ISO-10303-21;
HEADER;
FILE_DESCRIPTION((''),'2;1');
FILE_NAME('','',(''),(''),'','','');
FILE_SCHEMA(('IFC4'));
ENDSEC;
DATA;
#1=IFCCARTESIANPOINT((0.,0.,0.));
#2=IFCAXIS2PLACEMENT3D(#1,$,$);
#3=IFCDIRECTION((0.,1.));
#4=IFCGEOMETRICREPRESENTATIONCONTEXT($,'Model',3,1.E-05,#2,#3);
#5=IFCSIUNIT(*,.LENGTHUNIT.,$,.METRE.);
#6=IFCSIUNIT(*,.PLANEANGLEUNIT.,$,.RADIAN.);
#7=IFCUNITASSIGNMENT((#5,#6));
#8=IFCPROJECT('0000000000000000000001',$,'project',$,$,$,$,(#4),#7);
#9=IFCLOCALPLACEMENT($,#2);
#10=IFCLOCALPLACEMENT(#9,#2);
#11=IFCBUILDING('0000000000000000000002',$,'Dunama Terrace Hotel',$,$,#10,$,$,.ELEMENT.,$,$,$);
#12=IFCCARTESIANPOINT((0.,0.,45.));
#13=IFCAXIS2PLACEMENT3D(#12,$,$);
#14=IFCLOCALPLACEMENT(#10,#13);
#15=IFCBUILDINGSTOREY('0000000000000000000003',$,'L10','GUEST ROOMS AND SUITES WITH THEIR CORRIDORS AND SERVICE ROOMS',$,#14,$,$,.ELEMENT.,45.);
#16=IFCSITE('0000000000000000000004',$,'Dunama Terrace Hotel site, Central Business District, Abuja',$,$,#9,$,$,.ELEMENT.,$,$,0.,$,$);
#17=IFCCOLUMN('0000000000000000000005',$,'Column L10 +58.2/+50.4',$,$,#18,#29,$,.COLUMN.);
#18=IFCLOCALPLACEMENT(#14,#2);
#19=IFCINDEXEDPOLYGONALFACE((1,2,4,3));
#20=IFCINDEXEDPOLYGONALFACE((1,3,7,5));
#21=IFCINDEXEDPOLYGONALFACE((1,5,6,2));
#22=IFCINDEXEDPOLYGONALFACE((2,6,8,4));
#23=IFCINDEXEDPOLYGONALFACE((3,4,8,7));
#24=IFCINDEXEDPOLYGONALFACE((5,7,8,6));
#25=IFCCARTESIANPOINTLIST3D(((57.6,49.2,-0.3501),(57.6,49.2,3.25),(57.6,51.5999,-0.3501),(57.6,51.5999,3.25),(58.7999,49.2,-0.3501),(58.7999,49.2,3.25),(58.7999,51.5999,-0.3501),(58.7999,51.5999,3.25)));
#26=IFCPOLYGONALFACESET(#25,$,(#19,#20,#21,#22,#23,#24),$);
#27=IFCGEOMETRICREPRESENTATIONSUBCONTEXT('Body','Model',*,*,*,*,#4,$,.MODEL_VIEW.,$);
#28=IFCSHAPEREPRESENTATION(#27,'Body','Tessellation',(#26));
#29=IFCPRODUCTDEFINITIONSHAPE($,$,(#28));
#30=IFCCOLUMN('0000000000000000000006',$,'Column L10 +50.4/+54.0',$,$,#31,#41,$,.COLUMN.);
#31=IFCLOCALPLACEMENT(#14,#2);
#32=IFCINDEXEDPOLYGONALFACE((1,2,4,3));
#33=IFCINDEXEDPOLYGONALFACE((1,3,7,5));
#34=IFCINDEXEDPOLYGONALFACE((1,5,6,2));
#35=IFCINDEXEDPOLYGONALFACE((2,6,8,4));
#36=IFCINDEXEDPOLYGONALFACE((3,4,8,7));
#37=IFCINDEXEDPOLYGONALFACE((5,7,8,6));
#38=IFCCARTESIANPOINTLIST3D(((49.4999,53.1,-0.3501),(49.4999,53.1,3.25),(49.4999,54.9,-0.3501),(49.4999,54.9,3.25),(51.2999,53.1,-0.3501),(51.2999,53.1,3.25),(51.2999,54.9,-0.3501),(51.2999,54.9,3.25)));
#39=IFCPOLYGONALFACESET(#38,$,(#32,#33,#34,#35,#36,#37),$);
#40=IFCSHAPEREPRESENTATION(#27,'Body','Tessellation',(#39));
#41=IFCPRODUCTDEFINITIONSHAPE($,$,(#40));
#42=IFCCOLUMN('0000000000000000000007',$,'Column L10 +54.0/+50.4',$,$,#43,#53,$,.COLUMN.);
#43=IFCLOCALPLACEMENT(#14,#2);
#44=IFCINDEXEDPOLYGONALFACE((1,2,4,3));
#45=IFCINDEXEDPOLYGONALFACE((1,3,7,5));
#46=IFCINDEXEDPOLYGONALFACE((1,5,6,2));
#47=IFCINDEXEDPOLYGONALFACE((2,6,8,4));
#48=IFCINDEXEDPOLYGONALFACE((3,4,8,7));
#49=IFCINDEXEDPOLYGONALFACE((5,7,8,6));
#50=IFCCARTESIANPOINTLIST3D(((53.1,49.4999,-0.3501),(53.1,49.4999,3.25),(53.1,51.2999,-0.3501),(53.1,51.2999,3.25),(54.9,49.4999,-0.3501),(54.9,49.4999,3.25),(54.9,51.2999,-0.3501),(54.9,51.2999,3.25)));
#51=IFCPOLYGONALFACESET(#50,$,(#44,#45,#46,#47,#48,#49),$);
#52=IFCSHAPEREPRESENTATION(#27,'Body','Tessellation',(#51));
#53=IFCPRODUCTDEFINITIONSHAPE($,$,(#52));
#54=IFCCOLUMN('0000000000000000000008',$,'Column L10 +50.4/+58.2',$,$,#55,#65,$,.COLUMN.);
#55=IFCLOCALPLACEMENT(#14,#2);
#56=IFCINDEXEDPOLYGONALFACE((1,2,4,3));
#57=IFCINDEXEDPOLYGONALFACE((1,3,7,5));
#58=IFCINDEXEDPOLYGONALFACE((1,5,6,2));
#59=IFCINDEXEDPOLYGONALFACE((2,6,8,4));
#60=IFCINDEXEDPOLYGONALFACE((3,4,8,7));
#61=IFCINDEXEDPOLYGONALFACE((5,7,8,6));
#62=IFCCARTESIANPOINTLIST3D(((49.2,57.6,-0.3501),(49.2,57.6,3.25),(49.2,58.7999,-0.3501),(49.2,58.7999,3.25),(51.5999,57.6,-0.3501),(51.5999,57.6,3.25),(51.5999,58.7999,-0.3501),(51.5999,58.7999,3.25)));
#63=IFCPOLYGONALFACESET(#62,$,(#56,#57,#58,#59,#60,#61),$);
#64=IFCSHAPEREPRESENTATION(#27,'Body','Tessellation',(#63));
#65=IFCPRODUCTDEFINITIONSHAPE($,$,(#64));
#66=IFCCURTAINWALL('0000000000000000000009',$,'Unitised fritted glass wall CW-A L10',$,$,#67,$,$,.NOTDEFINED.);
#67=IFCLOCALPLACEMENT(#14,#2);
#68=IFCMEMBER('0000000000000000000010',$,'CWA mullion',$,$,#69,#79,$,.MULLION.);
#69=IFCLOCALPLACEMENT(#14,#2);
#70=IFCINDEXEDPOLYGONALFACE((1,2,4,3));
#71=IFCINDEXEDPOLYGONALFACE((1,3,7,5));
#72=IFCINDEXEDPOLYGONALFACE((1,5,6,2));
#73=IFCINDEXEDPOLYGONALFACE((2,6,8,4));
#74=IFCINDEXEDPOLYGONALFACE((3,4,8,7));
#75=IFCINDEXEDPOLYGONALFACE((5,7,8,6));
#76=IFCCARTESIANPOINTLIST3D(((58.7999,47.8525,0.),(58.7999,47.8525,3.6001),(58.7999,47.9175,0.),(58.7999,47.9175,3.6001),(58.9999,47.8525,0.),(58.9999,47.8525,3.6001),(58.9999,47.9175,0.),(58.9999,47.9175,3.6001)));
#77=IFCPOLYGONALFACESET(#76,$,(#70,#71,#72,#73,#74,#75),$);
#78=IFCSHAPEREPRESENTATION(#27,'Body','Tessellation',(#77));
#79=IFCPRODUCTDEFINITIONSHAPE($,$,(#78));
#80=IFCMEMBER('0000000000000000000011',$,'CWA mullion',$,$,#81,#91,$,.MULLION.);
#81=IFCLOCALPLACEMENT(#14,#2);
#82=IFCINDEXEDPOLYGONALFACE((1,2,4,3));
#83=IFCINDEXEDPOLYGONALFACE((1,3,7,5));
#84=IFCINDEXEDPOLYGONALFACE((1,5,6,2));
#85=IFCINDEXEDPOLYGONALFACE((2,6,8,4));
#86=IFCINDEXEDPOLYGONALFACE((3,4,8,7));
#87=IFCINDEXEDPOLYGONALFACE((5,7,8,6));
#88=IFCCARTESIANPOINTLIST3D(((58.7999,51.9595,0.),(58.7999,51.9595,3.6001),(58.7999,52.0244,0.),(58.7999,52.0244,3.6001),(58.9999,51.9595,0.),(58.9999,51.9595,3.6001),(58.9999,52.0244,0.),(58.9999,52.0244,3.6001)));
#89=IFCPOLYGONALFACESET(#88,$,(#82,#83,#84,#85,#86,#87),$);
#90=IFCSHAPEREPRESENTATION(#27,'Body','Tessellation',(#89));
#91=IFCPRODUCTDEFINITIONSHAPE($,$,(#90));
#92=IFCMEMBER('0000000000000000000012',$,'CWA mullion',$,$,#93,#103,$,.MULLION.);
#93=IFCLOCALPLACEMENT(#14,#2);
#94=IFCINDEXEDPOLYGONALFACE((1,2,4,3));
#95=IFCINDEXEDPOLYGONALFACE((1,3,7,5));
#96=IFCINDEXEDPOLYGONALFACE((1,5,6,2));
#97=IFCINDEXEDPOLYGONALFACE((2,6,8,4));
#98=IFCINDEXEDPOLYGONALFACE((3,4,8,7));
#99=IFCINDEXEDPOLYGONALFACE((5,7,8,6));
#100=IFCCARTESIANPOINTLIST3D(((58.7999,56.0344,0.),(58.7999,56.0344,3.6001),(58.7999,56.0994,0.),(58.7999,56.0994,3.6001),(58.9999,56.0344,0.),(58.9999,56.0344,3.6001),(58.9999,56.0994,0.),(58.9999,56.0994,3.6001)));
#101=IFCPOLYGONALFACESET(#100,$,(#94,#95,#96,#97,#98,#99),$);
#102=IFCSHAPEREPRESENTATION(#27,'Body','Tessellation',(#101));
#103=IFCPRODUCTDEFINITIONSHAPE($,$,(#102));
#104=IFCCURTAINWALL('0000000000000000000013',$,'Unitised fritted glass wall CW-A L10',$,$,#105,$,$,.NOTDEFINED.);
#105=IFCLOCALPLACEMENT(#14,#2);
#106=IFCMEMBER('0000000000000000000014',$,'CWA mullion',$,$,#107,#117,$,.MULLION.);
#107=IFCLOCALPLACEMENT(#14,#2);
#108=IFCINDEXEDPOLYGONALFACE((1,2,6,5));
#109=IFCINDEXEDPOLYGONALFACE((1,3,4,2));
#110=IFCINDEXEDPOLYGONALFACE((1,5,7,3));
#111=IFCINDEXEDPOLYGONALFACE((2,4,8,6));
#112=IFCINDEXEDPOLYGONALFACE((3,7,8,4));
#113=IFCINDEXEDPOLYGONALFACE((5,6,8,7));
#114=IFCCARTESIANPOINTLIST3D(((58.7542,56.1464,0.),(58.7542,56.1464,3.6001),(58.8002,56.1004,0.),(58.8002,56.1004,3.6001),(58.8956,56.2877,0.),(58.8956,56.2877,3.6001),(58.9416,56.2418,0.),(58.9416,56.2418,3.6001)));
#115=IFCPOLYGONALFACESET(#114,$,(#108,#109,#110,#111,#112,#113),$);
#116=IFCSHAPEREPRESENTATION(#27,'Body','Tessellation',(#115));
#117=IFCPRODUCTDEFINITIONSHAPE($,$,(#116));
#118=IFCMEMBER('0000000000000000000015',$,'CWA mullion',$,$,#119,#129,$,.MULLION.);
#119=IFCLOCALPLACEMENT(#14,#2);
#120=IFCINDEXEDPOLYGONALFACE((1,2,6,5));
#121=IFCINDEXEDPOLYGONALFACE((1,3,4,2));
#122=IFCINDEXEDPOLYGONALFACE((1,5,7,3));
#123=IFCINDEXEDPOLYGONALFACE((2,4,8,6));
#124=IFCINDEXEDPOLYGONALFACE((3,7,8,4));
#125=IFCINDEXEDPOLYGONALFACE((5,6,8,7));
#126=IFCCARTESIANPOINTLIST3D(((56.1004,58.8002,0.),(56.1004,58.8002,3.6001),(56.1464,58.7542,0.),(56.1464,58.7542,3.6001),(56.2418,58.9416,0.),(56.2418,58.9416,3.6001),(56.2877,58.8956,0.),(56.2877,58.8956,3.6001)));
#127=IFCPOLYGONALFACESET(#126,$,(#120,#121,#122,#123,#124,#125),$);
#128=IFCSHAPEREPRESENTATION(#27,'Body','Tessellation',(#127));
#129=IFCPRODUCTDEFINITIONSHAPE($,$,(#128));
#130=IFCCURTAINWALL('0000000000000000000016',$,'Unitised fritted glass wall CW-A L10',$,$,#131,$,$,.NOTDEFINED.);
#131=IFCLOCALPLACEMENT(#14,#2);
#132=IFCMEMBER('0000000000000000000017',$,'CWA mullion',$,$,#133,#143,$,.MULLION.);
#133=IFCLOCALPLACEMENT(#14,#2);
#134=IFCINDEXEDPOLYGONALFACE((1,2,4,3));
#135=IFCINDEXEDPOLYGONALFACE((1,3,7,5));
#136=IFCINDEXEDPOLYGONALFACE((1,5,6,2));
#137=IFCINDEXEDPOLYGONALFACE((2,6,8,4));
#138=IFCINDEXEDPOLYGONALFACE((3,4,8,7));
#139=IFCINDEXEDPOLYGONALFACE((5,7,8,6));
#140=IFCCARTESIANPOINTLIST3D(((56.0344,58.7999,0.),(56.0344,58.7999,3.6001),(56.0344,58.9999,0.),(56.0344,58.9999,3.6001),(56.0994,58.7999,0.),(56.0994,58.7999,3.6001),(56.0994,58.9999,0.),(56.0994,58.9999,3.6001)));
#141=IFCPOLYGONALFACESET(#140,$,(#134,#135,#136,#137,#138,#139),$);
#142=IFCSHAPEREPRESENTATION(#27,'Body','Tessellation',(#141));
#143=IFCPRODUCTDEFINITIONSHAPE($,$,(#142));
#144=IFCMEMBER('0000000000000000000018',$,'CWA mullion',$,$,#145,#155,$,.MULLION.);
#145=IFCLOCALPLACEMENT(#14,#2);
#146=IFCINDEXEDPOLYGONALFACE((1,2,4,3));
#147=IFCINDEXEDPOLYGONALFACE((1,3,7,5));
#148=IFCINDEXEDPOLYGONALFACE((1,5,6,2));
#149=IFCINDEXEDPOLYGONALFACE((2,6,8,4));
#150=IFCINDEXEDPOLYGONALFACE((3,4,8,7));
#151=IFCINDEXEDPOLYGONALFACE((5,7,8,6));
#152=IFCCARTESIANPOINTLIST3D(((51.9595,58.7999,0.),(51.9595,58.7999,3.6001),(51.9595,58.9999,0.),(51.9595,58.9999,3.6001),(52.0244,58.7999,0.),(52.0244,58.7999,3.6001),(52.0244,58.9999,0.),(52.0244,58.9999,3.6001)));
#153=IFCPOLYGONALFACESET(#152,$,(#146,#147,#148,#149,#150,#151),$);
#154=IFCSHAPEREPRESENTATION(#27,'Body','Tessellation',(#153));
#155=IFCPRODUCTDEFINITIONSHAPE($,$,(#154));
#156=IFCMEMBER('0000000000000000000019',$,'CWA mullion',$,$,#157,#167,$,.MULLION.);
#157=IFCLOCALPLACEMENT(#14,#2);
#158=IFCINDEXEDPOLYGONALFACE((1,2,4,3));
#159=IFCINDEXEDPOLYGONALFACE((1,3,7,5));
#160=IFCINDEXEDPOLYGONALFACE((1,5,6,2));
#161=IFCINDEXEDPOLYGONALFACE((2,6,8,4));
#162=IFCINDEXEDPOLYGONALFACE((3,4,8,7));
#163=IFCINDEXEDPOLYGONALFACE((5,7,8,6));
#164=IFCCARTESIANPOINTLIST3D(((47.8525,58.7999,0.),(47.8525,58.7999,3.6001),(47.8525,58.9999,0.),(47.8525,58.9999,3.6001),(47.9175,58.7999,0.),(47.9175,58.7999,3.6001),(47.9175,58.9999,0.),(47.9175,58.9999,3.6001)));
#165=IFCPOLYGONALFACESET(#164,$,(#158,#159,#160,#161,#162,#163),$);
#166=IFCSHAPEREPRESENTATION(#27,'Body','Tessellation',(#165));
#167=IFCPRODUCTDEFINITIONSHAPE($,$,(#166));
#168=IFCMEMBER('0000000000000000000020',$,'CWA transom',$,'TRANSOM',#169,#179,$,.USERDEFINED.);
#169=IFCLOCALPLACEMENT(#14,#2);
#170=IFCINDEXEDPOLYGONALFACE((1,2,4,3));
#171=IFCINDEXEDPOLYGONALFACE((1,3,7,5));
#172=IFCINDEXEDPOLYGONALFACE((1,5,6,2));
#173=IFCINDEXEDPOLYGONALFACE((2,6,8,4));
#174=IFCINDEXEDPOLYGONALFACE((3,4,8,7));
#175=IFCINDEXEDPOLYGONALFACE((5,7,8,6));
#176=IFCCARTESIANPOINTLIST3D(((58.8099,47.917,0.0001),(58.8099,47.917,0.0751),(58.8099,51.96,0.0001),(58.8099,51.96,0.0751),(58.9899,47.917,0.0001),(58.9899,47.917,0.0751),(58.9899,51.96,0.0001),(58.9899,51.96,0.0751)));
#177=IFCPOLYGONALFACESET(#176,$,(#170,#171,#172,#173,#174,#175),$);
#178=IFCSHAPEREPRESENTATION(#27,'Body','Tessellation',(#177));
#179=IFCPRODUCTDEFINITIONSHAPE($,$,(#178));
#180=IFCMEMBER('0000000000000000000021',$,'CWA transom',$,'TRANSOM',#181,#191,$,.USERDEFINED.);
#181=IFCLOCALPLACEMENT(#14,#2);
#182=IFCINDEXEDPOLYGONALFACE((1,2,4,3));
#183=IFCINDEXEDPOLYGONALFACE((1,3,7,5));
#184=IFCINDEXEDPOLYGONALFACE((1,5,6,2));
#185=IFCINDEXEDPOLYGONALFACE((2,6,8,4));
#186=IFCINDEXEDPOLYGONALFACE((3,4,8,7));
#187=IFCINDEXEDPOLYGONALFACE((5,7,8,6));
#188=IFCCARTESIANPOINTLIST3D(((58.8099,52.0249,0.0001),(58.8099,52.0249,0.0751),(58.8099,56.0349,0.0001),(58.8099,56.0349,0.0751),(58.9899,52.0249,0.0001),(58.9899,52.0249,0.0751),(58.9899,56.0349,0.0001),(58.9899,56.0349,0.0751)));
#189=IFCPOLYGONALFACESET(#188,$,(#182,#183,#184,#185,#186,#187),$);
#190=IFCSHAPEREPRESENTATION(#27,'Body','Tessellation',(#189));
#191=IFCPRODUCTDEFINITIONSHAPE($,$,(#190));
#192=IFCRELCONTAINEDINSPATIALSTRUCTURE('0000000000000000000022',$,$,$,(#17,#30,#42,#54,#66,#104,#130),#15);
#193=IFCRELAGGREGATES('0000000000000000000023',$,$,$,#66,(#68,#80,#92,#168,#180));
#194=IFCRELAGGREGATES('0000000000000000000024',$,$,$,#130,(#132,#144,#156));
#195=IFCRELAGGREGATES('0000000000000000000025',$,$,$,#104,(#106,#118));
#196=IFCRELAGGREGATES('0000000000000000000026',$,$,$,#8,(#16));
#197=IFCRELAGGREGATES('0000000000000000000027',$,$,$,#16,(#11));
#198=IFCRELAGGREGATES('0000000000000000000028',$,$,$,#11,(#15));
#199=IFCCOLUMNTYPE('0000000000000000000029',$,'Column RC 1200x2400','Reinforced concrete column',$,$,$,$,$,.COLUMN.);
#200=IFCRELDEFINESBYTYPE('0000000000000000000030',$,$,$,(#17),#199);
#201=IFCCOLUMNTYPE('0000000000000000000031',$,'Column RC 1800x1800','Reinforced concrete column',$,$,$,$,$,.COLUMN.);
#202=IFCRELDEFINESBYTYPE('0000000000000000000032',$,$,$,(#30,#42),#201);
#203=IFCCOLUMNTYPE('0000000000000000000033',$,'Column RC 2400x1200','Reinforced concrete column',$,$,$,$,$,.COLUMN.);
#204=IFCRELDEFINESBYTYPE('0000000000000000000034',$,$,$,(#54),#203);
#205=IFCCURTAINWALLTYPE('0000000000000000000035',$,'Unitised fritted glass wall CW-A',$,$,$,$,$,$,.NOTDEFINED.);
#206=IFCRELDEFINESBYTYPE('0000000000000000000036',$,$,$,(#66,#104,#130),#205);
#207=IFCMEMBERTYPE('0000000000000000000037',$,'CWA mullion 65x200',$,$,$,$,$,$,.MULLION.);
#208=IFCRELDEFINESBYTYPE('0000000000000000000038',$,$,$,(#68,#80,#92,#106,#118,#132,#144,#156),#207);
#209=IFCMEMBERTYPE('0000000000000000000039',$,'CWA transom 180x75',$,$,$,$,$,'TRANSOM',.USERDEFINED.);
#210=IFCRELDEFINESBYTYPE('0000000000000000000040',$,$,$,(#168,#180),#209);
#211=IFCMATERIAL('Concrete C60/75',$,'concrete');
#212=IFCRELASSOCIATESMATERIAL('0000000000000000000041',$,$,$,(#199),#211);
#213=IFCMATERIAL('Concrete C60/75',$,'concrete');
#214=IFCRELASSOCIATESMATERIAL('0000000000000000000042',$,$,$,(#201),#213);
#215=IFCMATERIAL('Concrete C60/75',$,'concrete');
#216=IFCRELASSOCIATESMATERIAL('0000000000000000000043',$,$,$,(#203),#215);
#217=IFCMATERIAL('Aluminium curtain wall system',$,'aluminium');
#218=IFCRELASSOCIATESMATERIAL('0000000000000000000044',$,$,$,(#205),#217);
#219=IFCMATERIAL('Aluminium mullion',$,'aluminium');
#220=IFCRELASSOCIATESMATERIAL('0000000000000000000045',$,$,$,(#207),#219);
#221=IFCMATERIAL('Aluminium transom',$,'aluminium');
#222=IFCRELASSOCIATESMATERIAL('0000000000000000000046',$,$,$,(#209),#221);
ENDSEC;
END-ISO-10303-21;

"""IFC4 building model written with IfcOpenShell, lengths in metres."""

from ifc_helpers import new_model, si_unit, direction, frame, origin, origin_2d, place, context, subcontext, project, spatial, rectangle, extrude, material, material_profile, profile_set, type_object, element, aggregate, save


model = new_model("IFC4")

# Units and contexts
model_context = context("Model", 3, precision=1e-05, world=origin(), true_north=direction((0.0, 1.0)))
body_context = subcontext(model_context, "Body", "Model", "MODEL_VIEW")
ifc_project = project(units=[si_unit("LENGTHUNIT", "METRE"), si_unit("PLANEANGLEUNIT", "RADIAN")], contexts=[model_context])

# Site, building, storey
site_placement = place(None, origin())
site = spatial("IfcSite", under=ifc_project, at=site_placement, Name="Dunama Terrace Hotel site, Central Business District, Abuja", CompositionType="ELEMENT", RefElevation=0.0)
building_placement = place(site_placement, origin())
building = spatial("IfcBuilding", under=site, at=building_placement, Name="Dunama Terrace Hotel", CompositionType="ELEMENT")
storey_placement = place(building_placement, frame((0.0, 0.0, 45.0)))
storey = spatial("IfcBuildingStorey", under=building, at=storey_placement, Name="L10", Description="GUEST ROOMS AND SUITES WITH THEIR CORRIDORS AND SERVICE ROOMS", CompositionType="ELEMENT", Elevation=45.0)

# Columns
ifc_material_1 = material(Name="Concrete C60/75", Category="concrete")
ifc_material_profile_1 = material_profile(ifc_material_1, rectangle(XDim=1.2, YDim=2.3999, at=origin_2d()), Name="RC 1200x2400")
ifc_profile_set_1 = profile_set([ifc_material_profile_1], Name="Concrete C60/75")
column_type_1 = type_object("IfcColumnType", Name="Column RC 1200x2400", Description="Reinforced concrete column", PredefinedType="COLUMN", material=ifc_profile_set_1)
column_1_placement = place(storey_placement, frame((58.2, 50.3999, -0.3501), z_axis=(0.0, 0.0, 1.0), x_axis=(1.0, 0.0, 0.0)))
element("IfcColumn", 1, at=column_1_placement, inside=storey, type_object=column_type_1, Name="Column L10 +58.2/+50.4", PredefinedType="COLUMN", context=body_context, shape_type="SweptSolid", body=[
    extrude(rectangle(XDim=1.2, YDim=2.3999, at=origin_2d()), origin(), (0.0, 0.0, 1.0), 3.6001),
])
ifc_material_2 = material(Name="Concrete C60/75", Category="concrete")
ifc_material_profile_2 = material_profile(ifc_material_2, rectangle(XDim=1.8, YDim=1.8, at=origin_2d()), Name="RC 1800x1800")
ifc_profile_set_2 = profile_set([ifc_material_profile_2], Name="Concrete C60/75")
column_type_2 = type_object("IfcColumnType", Name="Column RC 1800x1800", Description="Reinforced concrete column", PredefinedType="COLUMN", material=ifc_profile_set_2)
for number, where, z_axis, x_axis, name in (
    (2, (50.3999, 54.0, -0.3501), (0.0, 0.0, 1.0), (1.0, 0.0, 0.0), "Column L10 +50.4/+54.0"),
    (3, (54.0, 50.3999, -0.3501), (0.0, 0.0, 1.0), (1.0, 0.0, 0.0), "Column L10 +54.0/+50.4"),
):
    element("IfcColumn", number, at=place(storey_placement, frame(where, z_axis=z_axis, x_axis=x_axis)), inside=storey, type_object=column_type_2, Name=name, PredefinedType="COLUMN", context=body_context, shape_type="SweptSolid", body=[
        extrude(rectangle(XDim=1.8, YDim=1.8, at=origin_2d()), origin(), (0.0, 0.0, 1.0), 3.6001),
    ])
ifc_material_3 = material(Name="Concrete C60/75", Category="concrete")
ifc_material_profile_3 = material_profile(ifc_material_3, rectangle(XDim=2.3999, YDim=1.2, at=origin_2d()), Name="RC 2400x1200")
ifc_profile_set_3 = profile_set([ifc_material_profile_3], Name="Concrete C60/75")
column_type_3 = type_object("IfcColumnType", Name="Column RC 2400x1200", Description="Reinforced concrete column", PredefinedType="COLUMN", material=ifc_profile_set_3)
column_2_placement = place(storey_placement, frame((50.3999, 58.2, -0.3501), z_axis=(0.0, 0.0, 1.0), x_axis=(1.0, 0.0, 0.0)))
element("IfcColumn", 4, at=column_2_placement, inside=storey, type_object=column_type_3, Name="Column L10 +50.4/+58.2", PredefinedType="COLUMN", context=body_context, shape_type="SweptSolid", body=[
    extrude(rectangle(XDim=2.3999, YDim=1.2, at=origin_2d()), origin(), (0.0, 0.0, 1.0), 3.6001),
])

# Curtain walls, members
ifc_material_4 = material(Name="Aluminium curtain wall system", Category="aluminium")
curtain_wall_type = type_object("IfcCurtainWallType", Name="Unitised fritted glass wall CW-A", PredefinedType="NOTDEFINED", material=ifc_material_4)
curtain_wall_1_placement = place(storey_placement, origin())
curtain_wall_1 = element("IfcCurtainWall", 5, at=curtain_wall_1_placement, inside=storey, type_object=curtain_wall_type, Name="Unitised fritted glass wall CW-A L10", PredefinedType="NOTDEFINED")
ifc_material_5 = material(Name="Aluminium mullion", Category="aluminium")
ifc_material_profile_4 = material_profile(ifc_material_5, rectangle(XDim=0.0649, YDim=0.2, at=origin_2d()), Name="CWA MULLION 65X200")
ifc_profile_set_4 = profile_set([ifc_material_profile_4], Name="Aluminium mullion")
member_type_1 = type_object("IfcMemberType", Name="CWA mullion 65x200", PredefinedType="MULLION", material=ifc_profile_set_4)
member_1_placement = place(storey_placement, frame((58.8999, 47.885, 0.0), z_axis=(0.0, 0.0, 1.0), x_axis=(0.0, 1.0, 0.0)))
member_1 = element("IfcMember", 6, at=member_1_placement, type_object=member_type_1, Name="CWA mullion", PredefinedType="MULLION", context=body_context, shape_type="SweptSolid", body=[
    extrude(rectangle(XDim=0.0649, YDim=0.2, at=origin_2d()), origin(), (0.0, 0.0, 1.0), 3.6001),
])
member_2_placement = place(storey_placement, frame((58.8999, 51.9919, 0.0), z_axis=(0.0, 0.0, 1.0), x_axis=(0.0, 1.0, 0.0)))
member_2 = element("IfcMember", 7, at=member_2_placement, type_object=member_type_1, Name="CWA mullion", PredefinedType="MULLION", context=body_context, shape_type="SweptSolid", body=[
    extrude(rectangle(XDim=0.0649, YDim=0.2, at=origin_2d()), origin(), (0.0, 0.0, 1.0), 3.6001),
])
member_3_placement = place(storey_placement, frame((58.8999, 56.0669, 0.0), z_axis=(0.0, 0.0, 1.0), x_axis=(0.0, 1.0, 0.0)))
member_3 = element("IfcMember", 8, at=member_3_placement, type_object=member_type_1, Name="CWA mullion", PredefinedType="MULLION", context=body_context, shape_type="SweptSolid", body=[
    extrude(rectangle(XDim=0.0649, YDim=0.2, at=origin_2d()), origin(), (0.0, 0.0, 1.0), 3.6001),
])
curtain_wall_2_placement = place(storey_placement, origin())
curtain_wall_2 = element("IfcCurtainWall", 9, at=curtain_wall_2_placement, inside=storey, type_object=curtain_wall_type, Name="Unitised fritted glass wall CW-A L10", PredefinedType="NOTDEFINED")
member_4_placement = place(storey_placement, frame((58.8479, 56.1941, 0.0), z_axis=(0.0, 0.0, 1.0), x_axis=(-0.707107, 0.707107, 0.0)))
member_4 = element("IfcMember", 10, at=member_4_placement, type_object=member_type_1, Name="CWA mullion", PredefinedType="MULLION", context=body_context, shape_type="SweptSolid", body=[
    extrude(rectangle(XDim=0.0649, YDim=0.2, at=origin_2d()), origin(), (0.0, 0.0, 1.0), 3.6001),
])
member_5_placement = place(storey_placement, frame((56.1941, 58.8479, 0.0), z_axis=(0.0, 0.0, 1.0), x_axis=(-0.707107, 0.707107, 0.0)))
member_5 = element("IfcMember", 11, at=member_5_placement, type_object=member_type_1, Name="CWA mullion", PredefinedType="MULLION", context=body_context, shape_type="SweptSolid", body=[
    extrude(rectangle(XDim=0.0649, YDim=0.2, at=origin_2d()), origin(), (0.0, 0.0, 1.0), 3.6001),
])
curtain_wall_3_placement = place(storey_placement, origin())
curtain_wall_3 = element("IfcCurtainWall", 12, at=curtain_wall_3_placement, inside=storey, type_object=curtain_wall_type, Name="Unitised fritted glass wall CW-A L10", PredefinedType="NOTDEFINED")
member_6_placement = place(storey_placement, frame((56.0669, 58.8999, 0.0), z_axis=(0.0, 0.0, 1.0), x_axis=(-1.0, 0.0, 0.0)))
member_6 = element("IfcMember", 13, at=member_6_placement, type_object=member_type_1, Name="CWA mullion", PredefinedType="MULLION", context=body_context, shape_type="SweptSolid", body=[
    extrude(rectangle(XDim=0.0649, YDim=0.2, at=origin_2d()), origin(), (0.0, 0.0, 1.0), 3.6001),
])
member_7_placement = place(storey_placement, frame((51.9919, 58.8999, 0.0), z_axis=(0.0, 0.0, 1.0), x_axis=(-1.0, 0.0, 0.0)))
member_7 = element("IfcMember", 14, at=member_7_placement, type_object=member_type_1, Name="CWA mullion", PredefinedType="MULLION", context=body_context, shape_type="SweptSolid", body=[
    extrude(rectangle(XDim=0.0649, YDim=0.2, at=origin_2d()), origin(), (0.0, 0.0, 1.0), 3.6001),
])
member_8_placement = place(storey_placement, frame((47.885, 58.8999, 0.0), z_axis=(0.0, 0.0, 1.0), x_axis=(-1.0, 0.0, 0.0)))
member_8 = element("IfcMember", 15, at=member_8_placement, type_object=member_type_1, Name="CWA mullion", PredefinedType="MULLION", context=body_context, shape_type="SweptSolid", body=[
    extrude(rectangle(XDim=0.0649, YDim=0.2, at=origin_2d()), origin(), (0.0, 0.0, 1.0), 3.6001),
])

# Members
ifc_material_6 = material(Name="Aluminium transom", Category="aluminium")
ifc_material_profile_5 = material_profile(ifc_material_6, rectangle(XDim=0.1799, YDim=0.075, at=origin_2d()), Name="CWA TRANSOM 180X75")
ifc_profile_set_5 = profile_set([ifc_material_profile_5], Name="Aluminium transom")
member_type_2 = type_object("IfcMemberType", Name="CWA transom 180x75", ElementType="TRANSOM", PredefinedType="USERDEFINED", material=ifc_profile_set_5)
member_9_placement = place(storey_placement, frame((58.8999, 47.917, 0.0376), z_axis=(0.0, 1.0, 0.0), x_axis=(-1.0, 0.0, 0.0)))
member_9 = element("IfcMember", 16, at=member_9_placement, type_object=member_type_2, Name="CWA transom", ObjectType="TRANSOM", PredefinedType="USERDEFINED", context=body_context, shape_type="SweptSolid", body=[
    extrude(rectangle(XDim=0.1799, YDim=0.075, at=origin_2d()), origin(), (0.0, 0.0, 1.0), 4.043),
])
member_10_placement = place(storey_placement, frame((58.8999, 52.0249, 0.0376), z_axis=(0.0, 1.0, 0.0), x_axis=(-1.0, 0.0, 0.0)))
member_10 = element("IfcMember", 17, at=member_10_placement, type_object=member_type_2, Name="CWA transom", ObjectType="TRANSOM", PredefinedType="USERDEFINED", context=body_context, shape_type="SweptSolid", body=[
    extrude(rectangle(XDim=0.1799, YDim=0.075, at=origin_2d()), origin(), (0.0, 0.0, 1.0), 4.01),
])

aggregate(curtain_wall_1, [member_1, member_2, member_3, member_9, member_10])
aggregate(curtain_wall_3, [member_6, member_7, member_8])
aggregate(curtain_wall_2, [member_4, member_5])

save(model, "model.ifc")
